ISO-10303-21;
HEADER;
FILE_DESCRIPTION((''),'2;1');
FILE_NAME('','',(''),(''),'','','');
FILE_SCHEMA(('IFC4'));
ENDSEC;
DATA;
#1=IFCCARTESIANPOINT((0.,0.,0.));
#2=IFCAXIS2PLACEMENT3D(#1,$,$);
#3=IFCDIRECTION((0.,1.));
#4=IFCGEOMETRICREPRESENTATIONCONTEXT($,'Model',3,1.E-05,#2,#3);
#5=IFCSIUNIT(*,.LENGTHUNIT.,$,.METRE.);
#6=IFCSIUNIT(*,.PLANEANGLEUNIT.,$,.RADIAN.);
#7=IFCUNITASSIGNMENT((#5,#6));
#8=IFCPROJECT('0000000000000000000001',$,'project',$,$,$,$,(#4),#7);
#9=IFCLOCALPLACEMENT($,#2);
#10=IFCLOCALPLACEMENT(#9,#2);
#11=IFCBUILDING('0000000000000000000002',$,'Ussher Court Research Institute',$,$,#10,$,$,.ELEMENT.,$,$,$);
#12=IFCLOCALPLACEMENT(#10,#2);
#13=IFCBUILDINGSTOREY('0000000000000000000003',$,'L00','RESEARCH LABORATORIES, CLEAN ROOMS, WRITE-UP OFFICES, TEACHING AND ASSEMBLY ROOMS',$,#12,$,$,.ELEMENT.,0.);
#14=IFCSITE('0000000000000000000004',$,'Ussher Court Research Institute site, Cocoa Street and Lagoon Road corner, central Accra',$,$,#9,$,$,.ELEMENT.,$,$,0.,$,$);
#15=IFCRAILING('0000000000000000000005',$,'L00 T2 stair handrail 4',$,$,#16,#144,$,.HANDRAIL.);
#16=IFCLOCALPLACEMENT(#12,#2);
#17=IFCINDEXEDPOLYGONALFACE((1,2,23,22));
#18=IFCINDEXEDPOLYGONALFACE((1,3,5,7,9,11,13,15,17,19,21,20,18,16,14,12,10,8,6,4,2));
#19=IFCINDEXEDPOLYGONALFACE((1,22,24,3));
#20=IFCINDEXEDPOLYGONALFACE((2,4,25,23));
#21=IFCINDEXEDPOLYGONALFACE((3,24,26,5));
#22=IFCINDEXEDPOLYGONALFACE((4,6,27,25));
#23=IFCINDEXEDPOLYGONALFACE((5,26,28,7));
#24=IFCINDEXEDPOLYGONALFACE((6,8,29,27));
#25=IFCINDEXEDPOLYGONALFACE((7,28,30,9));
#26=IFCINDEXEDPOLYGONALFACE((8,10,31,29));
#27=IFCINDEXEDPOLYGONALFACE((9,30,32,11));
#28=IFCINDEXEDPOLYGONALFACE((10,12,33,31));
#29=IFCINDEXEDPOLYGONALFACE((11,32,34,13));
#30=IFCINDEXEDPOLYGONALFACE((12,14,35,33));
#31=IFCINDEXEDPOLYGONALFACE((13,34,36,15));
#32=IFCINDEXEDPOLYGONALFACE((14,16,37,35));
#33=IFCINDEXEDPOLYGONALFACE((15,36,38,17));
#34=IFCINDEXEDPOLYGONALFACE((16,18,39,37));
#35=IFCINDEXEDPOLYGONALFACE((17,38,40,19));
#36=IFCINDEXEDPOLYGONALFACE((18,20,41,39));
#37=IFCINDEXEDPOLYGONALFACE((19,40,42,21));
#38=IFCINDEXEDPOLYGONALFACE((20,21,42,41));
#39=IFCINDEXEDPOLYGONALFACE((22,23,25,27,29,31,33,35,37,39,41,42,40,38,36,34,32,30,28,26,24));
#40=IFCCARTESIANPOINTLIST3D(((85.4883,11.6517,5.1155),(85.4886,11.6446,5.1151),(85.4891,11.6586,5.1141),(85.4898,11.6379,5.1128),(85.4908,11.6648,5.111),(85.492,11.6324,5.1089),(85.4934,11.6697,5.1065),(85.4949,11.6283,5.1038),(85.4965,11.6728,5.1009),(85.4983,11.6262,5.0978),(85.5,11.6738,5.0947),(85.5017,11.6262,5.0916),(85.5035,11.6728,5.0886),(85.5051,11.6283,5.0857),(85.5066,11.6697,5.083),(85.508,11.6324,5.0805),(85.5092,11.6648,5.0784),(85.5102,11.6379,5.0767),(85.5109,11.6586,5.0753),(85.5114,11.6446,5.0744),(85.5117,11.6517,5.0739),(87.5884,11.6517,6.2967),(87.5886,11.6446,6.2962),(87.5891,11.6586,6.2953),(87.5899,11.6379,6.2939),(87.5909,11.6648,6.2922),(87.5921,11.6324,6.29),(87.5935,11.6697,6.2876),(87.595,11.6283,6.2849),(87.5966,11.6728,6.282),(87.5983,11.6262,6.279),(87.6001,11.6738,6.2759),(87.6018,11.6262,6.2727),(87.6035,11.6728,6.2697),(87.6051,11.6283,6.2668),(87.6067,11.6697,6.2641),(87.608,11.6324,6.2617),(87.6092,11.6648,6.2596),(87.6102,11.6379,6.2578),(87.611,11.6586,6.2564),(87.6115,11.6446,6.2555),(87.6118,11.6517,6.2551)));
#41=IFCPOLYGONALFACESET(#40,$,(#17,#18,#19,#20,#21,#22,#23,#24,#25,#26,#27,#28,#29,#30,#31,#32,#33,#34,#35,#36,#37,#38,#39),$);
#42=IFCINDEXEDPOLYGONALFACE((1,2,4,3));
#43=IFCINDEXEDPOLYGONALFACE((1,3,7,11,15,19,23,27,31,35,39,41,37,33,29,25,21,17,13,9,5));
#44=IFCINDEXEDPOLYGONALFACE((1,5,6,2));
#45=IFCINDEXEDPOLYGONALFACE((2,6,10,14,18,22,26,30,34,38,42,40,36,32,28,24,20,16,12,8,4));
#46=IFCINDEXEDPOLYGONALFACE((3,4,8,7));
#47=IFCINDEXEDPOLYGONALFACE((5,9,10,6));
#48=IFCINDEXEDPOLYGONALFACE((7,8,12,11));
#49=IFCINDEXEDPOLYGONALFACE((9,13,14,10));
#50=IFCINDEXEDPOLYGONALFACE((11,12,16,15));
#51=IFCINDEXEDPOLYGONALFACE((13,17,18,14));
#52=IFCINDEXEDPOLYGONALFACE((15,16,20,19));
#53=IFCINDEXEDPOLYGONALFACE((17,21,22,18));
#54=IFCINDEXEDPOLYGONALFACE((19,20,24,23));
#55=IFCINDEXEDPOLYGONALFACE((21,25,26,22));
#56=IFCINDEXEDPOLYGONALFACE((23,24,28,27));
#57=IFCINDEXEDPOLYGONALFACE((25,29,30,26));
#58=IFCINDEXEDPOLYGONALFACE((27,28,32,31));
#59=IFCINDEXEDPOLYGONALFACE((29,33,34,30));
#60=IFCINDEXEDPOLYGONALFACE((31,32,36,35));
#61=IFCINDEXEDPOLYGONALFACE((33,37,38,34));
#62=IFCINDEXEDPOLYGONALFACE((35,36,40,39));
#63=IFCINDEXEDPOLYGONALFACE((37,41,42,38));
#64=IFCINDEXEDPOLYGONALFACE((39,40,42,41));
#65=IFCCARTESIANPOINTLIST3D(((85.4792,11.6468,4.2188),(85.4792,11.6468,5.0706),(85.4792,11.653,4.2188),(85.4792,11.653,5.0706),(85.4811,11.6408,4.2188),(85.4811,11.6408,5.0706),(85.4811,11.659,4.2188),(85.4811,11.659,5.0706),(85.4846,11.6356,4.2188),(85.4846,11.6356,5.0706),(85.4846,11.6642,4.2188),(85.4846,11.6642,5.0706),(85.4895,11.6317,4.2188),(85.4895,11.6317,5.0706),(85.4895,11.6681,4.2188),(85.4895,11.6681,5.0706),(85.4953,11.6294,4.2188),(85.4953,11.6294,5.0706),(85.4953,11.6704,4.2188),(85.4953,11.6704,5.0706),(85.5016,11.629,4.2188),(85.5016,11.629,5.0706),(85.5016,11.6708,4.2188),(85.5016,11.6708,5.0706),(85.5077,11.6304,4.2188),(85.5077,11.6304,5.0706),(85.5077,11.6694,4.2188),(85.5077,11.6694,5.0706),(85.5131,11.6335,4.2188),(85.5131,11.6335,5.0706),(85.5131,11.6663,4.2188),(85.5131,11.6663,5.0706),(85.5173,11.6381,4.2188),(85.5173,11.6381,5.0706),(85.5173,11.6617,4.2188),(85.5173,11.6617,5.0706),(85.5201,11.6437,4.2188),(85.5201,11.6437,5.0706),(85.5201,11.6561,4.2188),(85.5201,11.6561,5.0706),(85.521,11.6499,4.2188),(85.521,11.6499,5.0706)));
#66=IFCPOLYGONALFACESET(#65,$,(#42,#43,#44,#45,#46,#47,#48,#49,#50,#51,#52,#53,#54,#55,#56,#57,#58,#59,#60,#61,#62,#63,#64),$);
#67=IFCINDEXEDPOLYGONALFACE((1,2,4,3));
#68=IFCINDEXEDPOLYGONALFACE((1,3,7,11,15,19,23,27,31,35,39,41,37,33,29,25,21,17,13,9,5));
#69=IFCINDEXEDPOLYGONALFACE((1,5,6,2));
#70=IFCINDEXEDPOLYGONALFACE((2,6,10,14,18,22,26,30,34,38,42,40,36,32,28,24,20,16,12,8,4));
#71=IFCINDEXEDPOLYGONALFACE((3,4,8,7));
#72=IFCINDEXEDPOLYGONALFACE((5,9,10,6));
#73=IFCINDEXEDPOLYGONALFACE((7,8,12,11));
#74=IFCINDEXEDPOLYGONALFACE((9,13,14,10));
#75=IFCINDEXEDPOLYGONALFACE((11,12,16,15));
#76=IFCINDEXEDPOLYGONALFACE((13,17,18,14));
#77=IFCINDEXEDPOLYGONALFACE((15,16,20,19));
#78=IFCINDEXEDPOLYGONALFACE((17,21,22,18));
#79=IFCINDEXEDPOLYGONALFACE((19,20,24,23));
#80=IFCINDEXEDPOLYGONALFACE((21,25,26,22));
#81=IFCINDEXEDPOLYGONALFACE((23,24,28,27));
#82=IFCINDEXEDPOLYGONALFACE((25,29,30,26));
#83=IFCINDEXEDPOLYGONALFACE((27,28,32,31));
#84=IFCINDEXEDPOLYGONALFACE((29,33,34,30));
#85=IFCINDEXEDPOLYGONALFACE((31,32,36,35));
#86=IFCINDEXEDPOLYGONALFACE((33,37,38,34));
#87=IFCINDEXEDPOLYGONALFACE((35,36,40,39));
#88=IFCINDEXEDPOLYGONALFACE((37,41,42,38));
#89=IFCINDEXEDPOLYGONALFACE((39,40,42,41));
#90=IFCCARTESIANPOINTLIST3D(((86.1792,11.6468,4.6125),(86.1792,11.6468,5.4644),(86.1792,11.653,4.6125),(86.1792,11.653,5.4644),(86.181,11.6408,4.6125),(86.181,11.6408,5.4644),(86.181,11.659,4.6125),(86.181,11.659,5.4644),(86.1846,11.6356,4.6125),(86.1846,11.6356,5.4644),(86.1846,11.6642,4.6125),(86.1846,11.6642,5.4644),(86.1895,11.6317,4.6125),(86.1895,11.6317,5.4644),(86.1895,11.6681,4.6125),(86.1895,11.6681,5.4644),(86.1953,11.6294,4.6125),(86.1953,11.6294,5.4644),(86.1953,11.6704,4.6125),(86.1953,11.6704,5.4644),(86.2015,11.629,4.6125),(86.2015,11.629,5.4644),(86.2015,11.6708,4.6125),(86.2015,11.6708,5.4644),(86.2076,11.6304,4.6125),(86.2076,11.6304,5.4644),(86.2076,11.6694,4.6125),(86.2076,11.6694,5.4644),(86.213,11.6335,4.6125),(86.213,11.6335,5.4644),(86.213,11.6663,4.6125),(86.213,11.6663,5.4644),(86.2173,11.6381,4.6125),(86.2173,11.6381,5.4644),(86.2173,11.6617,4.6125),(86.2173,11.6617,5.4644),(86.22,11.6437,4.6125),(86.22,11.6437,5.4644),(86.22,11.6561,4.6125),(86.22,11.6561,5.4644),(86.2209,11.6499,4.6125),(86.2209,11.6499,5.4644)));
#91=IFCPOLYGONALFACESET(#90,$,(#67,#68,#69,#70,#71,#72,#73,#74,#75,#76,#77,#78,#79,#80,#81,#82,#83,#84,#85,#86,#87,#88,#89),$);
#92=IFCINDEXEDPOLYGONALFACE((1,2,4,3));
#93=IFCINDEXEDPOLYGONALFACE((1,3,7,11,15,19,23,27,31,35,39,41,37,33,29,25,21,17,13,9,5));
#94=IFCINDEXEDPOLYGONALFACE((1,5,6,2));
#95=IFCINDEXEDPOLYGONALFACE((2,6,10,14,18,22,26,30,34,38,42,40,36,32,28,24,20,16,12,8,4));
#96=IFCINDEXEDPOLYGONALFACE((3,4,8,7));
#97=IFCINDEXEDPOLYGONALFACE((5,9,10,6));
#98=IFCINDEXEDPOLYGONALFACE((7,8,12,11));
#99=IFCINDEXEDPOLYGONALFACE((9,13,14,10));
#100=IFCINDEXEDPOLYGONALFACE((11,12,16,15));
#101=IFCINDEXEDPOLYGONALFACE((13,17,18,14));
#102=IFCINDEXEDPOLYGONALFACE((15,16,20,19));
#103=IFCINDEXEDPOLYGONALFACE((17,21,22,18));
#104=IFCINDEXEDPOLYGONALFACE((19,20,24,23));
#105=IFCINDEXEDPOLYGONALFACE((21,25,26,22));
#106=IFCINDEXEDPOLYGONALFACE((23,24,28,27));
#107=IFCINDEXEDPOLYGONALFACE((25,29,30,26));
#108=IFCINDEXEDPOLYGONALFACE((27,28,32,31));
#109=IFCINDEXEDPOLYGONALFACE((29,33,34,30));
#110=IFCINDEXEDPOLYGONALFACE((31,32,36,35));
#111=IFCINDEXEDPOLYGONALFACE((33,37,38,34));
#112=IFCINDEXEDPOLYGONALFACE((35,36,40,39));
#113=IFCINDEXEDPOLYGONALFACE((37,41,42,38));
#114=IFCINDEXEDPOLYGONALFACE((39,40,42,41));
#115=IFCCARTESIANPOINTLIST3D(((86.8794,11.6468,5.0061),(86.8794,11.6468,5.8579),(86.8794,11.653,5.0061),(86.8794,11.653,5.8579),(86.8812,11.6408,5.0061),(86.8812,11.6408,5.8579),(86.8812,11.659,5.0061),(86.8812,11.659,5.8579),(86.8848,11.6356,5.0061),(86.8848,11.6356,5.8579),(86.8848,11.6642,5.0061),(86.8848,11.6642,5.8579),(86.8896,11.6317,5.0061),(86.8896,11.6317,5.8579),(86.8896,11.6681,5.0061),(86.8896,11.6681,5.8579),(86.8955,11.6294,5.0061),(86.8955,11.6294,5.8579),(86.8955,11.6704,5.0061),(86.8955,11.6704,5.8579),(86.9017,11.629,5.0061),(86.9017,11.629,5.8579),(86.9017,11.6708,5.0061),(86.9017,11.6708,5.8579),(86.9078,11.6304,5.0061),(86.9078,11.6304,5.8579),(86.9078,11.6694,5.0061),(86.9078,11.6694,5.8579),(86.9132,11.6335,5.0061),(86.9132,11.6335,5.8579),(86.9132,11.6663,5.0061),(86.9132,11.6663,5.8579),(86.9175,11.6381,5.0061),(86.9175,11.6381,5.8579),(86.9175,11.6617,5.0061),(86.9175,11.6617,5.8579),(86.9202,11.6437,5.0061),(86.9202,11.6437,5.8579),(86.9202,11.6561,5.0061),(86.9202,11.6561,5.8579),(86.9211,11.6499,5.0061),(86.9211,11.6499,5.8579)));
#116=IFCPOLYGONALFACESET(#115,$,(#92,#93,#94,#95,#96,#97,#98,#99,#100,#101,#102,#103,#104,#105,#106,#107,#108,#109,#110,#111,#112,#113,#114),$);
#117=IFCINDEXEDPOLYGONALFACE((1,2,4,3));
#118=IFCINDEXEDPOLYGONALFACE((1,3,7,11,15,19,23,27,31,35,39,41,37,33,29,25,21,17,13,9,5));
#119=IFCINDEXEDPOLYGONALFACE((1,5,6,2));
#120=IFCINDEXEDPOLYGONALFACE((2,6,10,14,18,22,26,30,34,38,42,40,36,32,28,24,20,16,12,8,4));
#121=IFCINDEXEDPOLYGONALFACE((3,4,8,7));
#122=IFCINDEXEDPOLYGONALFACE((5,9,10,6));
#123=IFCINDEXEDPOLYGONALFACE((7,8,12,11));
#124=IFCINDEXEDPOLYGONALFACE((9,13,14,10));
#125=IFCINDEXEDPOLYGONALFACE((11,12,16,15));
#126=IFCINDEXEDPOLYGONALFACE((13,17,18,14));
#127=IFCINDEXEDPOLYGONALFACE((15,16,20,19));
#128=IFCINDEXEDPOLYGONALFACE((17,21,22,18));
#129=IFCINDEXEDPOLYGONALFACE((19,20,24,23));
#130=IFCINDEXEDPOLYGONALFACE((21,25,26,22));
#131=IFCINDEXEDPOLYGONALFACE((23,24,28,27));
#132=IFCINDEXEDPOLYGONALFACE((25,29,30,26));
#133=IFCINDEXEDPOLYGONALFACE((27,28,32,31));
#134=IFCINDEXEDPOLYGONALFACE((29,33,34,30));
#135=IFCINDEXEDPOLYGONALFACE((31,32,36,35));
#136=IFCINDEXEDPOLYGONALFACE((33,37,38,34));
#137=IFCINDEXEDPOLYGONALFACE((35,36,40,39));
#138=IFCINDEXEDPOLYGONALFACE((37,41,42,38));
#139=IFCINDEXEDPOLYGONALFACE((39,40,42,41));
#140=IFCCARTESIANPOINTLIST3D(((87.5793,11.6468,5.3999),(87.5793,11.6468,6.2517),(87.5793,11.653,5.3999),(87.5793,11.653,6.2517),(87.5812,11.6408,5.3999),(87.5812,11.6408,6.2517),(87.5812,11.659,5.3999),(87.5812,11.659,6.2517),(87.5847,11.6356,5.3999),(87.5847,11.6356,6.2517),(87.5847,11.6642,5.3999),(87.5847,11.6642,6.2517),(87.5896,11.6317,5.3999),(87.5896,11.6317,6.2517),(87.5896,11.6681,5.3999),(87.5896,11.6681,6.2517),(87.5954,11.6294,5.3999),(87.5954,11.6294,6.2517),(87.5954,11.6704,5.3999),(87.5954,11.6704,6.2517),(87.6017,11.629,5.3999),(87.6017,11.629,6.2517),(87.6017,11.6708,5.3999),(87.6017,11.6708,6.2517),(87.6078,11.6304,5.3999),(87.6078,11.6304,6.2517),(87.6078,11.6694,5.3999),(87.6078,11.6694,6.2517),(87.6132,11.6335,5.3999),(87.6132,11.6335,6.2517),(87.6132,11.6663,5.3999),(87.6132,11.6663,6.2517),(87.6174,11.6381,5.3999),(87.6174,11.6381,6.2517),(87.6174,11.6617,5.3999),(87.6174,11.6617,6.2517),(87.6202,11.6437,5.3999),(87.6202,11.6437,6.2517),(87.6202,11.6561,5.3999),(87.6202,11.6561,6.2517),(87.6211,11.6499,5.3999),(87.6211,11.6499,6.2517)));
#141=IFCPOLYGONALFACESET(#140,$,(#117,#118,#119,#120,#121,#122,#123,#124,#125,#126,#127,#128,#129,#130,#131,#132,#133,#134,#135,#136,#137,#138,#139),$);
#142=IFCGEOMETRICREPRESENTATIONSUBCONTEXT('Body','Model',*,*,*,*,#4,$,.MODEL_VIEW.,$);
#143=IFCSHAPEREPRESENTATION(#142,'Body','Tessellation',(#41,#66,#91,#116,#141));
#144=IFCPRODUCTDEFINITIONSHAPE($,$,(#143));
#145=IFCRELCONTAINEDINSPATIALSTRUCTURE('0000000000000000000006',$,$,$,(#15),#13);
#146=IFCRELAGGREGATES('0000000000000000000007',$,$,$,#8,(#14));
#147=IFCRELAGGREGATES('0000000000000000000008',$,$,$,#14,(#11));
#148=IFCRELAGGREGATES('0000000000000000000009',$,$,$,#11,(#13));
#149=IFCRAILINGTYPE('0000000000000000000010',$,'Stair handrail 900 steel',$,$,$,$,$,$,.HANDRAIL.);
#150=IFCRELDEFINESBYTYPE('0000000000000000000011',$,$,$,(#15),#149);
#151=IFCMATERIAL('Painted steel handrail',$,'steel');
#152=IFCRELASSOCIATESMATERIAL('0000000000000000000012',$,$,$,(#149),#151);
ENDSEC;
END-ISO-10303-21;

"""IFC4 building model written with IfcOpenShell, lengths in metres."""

from ifc_helpers import new_model, si_unit, direction, frame, origin, origin_2d, place, context, subcontext, project, spatial, circle, extrude, material, type_object, element, save


model = new_model("IFC4")

# Units and contexts
model_context = context("Model", 3, precision=1e-05, world=origin(), true_north=direction((0.0, 1.0)))
body_context = subcontext(model_context, "Body", "Model", "MODEL_VIEW")
ifc_project = project(units=[si_unit("LENGTHUNIT", "METRE"), si_unit("PLANEANGLEUNIT", "RADIAN")], contexts=[model_context])

# Site, building, storey
site_placement = place(None, origin())
site = spatial("IfcSite", under=ifc_project, at=site_placement, Name="Ussher Court Research Institute site, Cocoa Street and Lagoon Road corner, central Accra", CompositionType="ELEMENT", RefElevation=0.0)
building_placement = place(site_placement, origin())
building = spatial("IfcBuilding", under=site, at=building_placement, Name="Ussher Court Research Institute", CompositionType="ELEMENT")
storey_placement = place(building_placement, origin())
storey = spatial("IfcBuildingStorey", under=building, at=storey_placement, Name="L00", Description="RESEARCH LABORATORIES, CLEAN ROOMS, WRITE-UP OFFICES, TEACHING AND ASSEMBLY ROOMS", CompositionType="ELEMENT", Elevation=0.0)

# Railing
ifc_material_1 = material(Name="Painted steel handrail", Category="steel")
railing_type_1 = type_object("IfcRailingType", Name="Stair handrail 900 steel", PredefinedType="HANDRAIL", material=ifc_material_1)
for number, where, name in (
    (1, (85.5, 11.6499, 4.2188), "L00 T2 stair handrail 4"),
):
    element("IfcRailing", number, at=place(storey_placement, frame(where)), inside=storey, type_object=railing_type_1, Name=name, PredefinedType="HANDRAIL", context=body_context, shape_type="SweptSolid", body=[
        extrude(circle(Radius=0.0239, at=origin_2d()), frame((0.0, 0.0, 0.876), z_axis=(0.871603, 0.0, 0.490213), x_axis=(0.0, 1.0, 0.0)), (0.0, 0.0, 1.0), 2.4094),
        extrude(circle(Radius=0.021, at=origin_2d()), origin(), (0.0, 0.0, 1.0), 0.8518),
        extrude(circle(Radius=0.021, at=origin_2d()), frame((0.7, 0.0, 0.3938)), (0.0, 0.0, 1.0), 0.8518),
        extrude(circle(Radius=0.021, at=origin_2d()), frame((1.4001, 0.0, 0.7874)), (0.0, 0.0, 1.0), 0.8518),
        extrude(circle(Radius=0.021, at=origin_2d()), frame((2.1001, 0.0, 1.1812)), (0.0, 0.0, 1.0), 0.8518),
    ])

save(model, "model.ifc")
